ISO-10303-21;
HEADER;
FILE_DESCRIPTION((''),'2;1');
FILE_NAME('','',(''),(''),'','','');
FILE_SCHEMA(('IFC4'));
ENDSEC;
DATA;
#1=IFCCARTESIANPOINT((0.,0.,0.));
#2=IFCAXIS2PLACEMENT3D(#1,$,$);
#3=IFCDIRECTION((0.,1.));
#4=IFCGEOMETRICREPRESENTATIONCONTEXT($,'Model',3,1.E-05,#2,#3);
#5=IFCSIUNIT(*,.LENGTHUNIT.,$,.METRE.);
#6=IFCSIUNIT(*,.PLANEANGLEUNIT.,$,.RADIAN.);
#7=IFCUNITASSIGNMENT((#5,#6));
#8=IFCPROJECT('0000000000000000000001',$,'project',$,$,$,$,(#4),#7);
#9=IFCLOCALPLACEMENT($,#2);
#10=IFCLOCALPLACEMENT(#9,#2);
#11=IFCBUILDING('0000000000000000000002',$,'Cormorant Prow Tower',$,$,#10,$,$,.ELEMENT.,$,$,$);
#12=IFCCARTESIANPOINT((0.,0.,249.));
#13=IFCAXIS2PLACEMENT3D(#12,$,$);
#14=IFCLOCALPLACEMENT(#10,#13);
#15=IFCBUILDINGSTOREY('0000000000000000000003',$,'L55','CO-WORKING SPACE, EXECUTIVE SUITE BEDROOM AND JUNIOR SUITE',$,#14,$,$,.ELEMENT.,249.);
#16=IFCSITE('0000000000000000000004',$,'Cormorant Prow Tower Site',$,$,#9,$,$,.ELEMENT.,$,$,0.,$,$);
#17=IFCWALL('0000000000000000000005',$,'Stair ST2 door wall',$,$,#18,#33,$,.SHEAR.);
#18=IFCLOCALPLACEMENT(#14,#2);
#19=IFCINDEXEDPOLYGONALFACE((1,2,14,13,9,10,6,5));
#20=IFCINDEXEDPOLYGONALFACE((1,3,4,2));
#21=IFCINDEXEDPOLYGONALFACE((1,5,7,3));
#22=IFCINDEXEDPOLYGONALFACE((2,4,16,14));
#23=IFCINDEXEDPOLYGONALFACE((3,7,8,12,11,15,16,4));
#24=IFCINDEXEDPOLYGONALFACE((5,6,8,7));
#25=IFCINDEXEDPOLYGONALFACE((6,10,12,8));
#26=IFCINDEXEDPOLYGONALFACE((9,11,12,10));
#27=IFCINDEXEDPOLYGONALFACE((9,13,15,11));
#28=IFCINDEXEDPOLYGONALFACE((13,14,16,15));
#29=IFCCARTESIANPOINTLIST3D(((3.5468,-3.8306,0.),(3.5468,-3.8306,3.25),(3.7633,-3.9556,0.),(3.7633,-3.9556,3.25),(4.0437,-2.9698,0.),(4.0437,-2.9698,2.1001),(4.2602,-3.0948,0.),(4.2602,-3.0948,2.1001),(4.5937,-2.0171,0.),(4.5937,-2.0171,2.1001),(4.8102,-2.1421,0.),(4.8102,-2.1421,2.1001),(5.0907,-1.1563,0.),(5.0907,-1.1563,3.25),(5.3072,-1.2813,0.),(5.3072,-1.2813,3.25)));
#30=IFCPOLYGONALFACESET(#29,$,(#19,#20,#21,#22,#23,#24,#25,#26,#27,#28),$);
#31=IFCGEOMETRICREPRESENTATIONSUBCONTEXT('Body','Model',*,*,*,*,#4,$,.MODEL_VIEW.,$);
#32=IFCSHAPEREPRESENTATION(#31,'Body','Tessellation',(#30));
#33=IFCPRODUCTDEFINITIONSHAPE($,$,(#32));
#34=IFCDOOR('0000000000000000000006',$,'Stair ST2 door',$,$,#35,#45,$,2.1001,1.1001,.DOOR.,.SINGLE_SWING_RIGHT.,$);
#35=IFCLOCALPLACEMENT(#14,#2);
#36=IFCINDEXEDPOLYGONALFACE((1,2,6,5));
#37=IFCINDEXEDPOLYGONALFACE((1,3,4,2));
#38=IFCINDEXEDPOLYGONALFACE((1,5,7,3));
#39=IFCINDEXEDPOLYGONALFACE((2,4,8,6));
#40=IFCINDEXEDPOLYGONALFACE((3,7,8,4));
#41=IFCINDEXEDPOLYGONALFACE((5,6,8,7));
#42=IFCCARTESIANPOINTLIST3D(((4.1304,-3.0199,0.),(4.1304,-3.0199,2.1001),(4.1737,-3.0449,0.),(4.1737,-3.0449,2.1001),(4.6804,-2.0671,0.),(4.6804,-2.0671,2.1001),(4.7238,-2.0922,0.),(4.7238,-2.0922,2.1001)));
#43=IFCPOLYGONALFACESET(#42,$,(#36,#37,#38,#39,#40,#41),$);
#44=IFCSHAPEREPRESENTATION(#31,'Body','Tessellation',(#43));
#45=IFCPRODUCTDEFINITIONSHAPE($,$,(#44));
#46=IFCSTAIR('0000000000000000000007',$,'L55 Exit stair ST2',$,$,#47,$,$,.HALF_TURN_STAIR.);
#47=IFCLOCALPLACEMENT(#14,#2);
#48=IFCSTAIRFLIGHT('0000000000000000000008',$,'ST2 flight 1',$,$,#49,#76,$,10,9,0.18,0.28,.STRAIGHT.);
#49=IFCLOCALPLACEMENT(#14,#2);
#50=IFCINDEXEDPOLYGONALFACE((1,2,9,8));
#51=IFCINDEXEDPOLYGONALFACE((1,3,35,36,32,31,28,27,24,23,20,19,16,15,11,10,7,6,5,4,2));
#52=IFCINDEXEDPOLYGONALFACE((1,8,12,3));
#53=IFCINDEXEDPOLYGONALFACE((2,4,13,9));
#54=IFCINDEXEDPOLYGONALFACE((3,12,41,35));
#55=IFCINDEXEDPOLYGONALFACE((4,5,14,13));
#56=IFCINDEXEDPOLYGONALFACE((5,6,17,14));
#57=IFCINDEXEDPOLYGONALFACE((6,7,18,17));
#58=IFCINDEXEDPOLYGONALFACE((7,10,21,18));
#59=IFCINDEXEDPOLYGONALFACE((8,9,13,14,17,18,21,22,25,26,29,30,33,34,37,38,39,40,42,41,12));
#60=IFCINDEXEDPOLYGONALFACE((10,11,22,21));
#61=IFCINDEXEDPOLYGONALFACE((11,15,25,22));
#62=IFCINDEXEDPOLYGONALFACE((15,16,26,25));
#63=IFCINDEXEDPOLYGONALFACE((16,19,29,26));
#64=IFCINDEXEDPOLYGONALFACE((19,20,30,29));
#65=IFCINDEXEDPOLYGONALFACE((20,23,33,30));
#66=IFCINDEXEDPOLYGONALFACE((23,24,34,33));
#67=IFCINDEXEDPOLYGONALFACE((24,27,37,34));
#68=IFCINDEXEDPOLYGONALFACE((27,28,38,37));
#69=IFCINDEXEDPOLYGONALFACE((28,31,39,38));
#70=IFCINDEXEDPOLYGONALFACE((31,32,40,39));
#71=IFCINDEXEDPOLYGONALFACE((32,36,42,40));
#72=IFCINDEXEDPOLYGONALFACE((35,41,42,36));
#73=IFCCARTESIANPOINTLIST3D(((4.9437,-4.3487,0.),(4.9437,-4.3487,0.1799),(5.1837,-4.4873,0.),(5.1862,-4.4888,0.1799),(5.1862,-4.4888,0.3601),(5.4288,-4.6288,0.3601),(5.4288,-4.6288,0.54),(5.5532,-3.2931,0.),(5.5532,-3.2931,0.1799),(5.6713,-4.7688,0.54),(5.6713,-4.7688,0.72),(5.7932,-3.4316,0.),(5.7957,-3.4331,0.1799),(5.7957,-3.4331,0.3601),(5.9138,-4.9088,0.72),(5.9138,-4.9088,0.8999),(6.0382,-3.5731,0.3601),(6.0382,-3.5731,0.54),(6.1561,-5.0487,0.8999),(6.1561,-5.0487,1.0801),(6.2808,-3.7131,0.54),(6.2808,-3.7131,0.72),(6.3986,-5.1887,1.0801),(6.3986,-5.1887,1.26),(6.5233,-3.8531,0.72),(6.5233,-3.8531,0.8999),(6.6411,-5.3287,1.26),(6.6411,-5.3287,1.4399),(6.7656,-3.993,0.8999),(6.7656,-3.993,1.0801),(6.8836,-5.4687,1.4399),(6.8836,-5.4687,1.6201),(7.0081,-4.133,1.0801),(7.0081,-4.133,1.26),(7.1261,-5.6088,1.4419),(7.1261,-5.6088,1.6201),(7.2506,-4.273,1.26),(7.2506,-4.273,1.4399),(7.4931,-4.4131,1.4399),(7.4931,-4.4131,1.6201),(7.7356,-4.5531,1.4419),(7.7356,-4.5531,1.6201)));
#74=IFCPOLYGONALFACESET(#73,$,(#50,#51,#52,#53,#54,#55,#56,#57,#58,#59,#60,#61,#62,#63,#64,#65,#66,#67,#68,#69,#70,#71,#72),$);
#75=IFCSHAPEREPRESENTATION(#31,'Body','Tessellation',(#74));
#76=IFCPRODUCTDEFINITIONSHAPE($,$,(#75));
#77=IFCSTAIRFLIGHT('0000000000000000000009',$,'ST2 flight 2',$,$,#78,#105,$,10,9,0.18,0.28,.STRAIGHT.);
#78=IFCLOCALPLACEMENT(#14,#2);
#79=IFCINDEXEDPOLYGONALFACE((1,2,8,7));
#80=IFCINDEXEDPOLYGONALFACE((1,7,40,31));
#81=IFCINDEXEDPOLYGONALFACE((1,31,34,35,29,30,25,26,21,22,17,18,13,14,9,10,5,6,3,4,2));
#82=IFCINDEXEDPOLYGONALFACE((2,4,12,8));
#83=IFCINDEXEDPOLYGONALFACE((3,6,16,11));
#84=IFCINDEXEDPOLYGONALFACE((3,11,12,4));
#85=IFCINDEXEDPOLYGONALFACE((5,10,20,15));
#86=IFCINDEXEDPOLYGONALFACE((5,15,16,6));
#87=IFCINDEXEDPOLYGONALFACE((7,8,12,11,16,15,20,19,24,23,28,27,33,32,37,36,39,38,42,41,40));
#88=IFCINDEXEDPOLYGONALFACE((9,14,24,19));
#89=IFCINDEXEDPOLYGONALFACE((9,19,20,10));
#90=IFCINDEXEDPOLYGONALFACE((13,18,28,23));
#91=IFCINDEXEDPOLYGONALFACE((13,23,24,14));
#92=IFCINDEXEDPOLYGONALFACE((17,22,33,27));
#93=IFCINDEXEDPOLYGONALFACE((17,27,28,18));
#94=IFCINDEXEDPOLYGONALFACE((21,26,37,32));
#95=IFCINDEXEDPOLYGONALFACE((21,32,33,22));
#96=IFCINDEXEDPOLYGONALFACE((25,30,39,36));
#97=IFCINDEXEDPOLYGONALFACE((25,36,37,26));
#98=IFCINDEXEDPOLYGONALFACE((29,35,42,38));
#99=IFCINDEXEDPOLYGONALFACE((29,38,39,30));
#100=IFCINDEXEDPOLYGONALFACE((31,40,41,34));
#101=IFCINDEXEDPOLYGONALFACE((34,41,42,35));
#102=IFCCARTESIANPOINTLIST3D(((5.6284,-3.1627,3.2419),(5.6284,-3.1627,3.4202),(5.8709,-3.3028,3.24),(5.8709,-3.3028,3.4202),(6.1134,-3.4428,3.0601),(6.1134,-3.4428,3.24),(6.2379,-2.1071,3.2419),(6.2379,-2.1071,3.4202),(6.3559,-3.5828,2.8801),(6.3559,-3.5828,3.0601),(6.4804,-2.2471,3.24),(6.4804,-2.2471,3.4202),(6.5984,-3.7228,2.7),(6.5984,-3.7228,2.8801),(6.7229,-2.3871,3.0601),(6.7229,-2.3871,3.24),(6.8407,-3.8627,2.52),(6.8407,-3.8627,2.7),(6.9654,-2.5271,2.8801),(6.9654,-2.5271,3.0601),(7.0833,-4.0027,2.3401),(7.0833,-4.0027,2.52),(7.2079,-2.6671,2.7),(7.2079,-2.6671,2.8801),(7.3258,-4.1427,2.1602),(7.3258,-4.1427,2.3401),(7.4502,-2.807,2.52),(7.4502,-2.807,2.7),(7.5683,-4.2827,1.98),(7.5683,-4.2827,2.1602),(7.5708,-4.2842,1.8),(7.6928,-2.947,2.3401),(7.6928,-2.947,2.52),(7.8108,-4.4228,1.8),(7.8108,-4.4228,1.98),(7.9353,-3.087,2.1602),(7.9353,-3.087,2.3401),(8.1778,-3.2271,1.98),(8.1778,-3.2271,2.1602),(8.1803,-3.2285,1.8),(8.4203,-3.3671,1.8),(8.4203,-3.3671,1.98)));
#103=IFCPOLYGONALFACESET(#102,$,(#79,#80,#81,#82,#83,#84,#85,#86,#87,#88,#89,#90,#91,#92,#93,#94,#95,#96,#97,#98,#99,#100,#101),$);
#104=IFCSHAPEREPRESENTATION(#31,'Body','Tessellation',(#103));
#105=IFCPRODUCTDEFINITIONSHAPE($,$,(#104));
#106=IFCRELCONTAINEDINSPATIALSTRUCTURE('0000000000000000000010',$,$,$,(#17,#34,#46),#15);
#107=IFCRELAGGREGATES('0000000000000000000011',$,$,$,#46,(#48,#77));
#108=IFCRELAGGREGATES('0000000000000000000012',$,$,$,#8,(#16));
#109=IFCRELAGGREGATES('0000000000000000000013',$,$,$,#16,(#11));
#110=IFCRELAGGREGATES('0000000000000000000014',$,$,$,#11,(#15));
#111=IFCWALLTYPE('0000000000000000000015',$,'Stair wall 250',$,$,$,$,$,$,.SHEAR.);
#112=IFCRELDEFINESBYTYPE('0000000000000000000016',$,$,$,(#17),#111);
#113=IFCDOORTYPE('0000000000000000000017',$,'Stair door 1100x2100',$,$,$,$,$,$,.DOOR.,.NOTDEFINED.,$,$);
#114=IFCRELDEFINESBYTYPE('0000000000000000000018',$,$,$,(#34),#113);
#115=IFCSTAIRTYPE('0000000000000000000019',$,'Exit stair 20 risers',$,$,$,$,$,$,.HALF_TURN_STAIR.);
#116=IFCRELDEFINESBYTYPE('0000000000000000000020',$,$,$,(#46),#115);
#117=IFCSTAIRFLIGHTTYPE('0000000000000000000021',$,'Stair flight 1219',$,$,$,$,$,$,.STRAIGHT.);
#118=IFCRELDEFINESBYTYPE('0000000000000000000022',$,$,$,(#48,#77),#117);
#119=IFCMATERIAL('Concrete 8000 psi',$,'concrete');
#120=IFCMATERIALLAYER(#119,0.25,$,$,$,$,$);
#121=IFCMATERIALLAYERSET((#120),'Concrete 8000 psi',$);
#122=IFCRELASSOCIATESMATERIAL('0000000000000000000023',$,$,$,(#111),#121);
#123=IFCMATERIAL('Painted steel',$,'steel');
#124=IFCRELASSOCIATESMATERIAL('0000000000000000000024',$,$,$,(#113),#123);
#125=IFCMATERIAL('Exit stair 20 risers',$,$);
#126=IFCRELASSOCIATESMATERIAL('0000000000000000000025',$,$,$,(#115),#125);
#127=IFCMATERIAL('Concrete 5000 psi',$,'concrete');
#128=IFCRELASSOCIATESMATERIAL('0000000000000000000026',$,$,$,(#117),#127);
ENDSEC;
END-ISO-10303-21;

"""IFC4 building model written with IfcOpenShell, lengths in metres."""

from ifc_helpers import new_model, si_unit, direction, frame, frame_2d, origin, place, context, subcontext, project, spatial, polyline, rectangle, outline, extrude, material, layer, layer_set, type_object, element, fill, aggregate, save


model = new_model("IFC4")

# Units and contexts
model_context = context("Model", 3, precision=1e-05, world=origin(), true_north=direction((0.0, 1.0)))
body_context = subcontext(model_context, "Body", "Model", "MODEL_VIEW")
ifc_project = project(units=[si_unit("LENGTHUNIT", "METRE"), si_unit("PLANEANGLEUNIT", "RADIAN")], contexts=[model_context])

# Site, building, storey
site_placement = place(None, origin())
site = spatial("IfcSite", under=ifc_project, at=site_placement, Name="Cormorant Prow Tower Site", CompositionType="ELEMENT", RefElevation=0.0)
building_placement = place(site_placement, origin())
building = spatial("IfcBuilding", under=site, at=building_placement, Name="Cormorant Prow Tower", CompositionType="ELEMENT")
storey_placement = place(building_placement, frame((0.0, 0.0, 249.0)))
storey = spatial("IfcBuildingStorey", under=building, at=storey_placement, Name="L55", Description="CO-WORKING SPACE, EXECUTIVE SUITE BEDROOM AND JUNIOR SUITE", CompositionType="ELEMENT", Elevation=249.0)

# Wall, opening, door
ifc_material_1 = material(Name="Concrete 8000 psi", Category="concrete")
ifc_layer_1 = layer(ifc_material_1, 0.25)
ifc_layer_set_1 = layer_set([ifc_layer_1], Name="Concrete 8000 psi")
wall_type_1 = type_object("IfcWallType", Name="Stair wall 250", PredefinedType="SHEAR", material=ifc_layer_set_1)
wall_1_placement = place(storey_placement, frame((3.655, -3.8931, 0.0), z_axis=(0.0, 0.0, 1.0), x_axis=(0.499983, 0.866035, 0.0)))
wall_1 = element("IfcWall", 1, at=wall_1_placement, inside=storey, type_object=wall_type_1, Name="Stair ST2 door wall", PredefinedType="SHEAR", context=body_context, shape_type="SweptSolid", body=[
    extrude(rectangle(XDim=3.0879, YDim=0.25, at=frame_2d((1.5439, 0.0))), origin(), (0.0, 0.0, 1.0), 3.25),
])
opening_1_placement = place(wall_1_placement, frame((0.9939, 0.0, 0.0)))
opening_1 = element("IfcOpeningElement", 2, at=opening_1_placement, cuts=wall_1, PredefinedType="OPENING", context=body_context, shape_type="SweptSolid", body=[
    extrude(rectangle(XDim=1.1001, YDim=2.1001, at=frame_2d((0.55, 1.05))), frame((0.0, 0.135, 0.0), z_axis=(0.0, -1.0, 0.0), x_axis=(1.0, 0.0, 0.0)), (0.0, 0.0, 1.0), 0.27),
])
ifc_material_2 = material(Name="Painted steel", Category="steel")
door_type_1 = type_object("IfcDoorType", Name="Stair door 1100x2100", OperationType="NOTDEFINED", PredefinedType="DOOR", material=ifc_material_2)
door_1_placement = place(opening_1_placement, origin())
door_1 = element("IfcDoor", 3, at=door_1_placement, inside=storey, type_object=door_type_1, Name="Stair ST2 door", OperationType="SINGLE_SWING_RIGHT", OverallHeight=2.1001, OverallWidth=1.1001, PredefinedType="DOOR", context=body_context, shape_type="SweptSolid", body=[
    extrude(rectangle(XDim=1.1001, YDim=2.1001, at=frame_2d((0.55, 1.05))), frame((0.0, 0.0249, 0.0), z_axis=(0.0, -1.0, 0.0), x_axis=(1.0, 0.0, 0.0)), (0.0, 0.0, 1.0), 0.05),
])
fill(opening_1, door_1)

# Stair, stair flights
ifc_material_3 = material(Name="Exit stair 20 risers")
stair_type = type_object("IfcStairType", Name="Exit stair 20 risers", PredefinedType="HALF_TURN_STAIR", material=ifc_material_3)
stair_placement = place(storey_placement, origin())
stair = element("IfcStair", 4, at=stair_placement, inside=storey, type_object=stair_type, Name="L55 Exit stair ST2", PredefinedType="HALF_TURN_STAIR")
ifc_material_4 = material(Name="Concrete 5000 psi", Category="concrete")
stair_flight_type = type_object("IfcStairFlightType", Name="Stair flight 1219", PredefinedType="STRAIGHT", material=ifc_material_4)
stair_flight_1_placement = place(storey_placement, frame((5.2485, -3.8208, 0.0), z_axis=(0.0, 0.0, 1.0), x_axis=(0.866025, -0.5, 0.0)))
stair_flight_1 = element("IfcStairFlight", 5, at=stair_flight_1_placement, type_object=stair_flight_type, Name="ST2 flight 1", NumberOfRisers=10, NumberOfTreads=9, PredefinedType="STRAIGHT", RiserHeight=0.18, TreadLength=0.28, context=body_context, shape_type="SweptSolid", body=[
    extrude(outline(polyline([(0.0, 0.0), (0.0, 0.1799), (0.28, 0.1799), (0.28, 0.3601), (0.5601, 0.3601), (0.5601, 0.54), (0.8401, 0.54), (0.8401, 0.72), (1.1201, 0.72), (1.1201, 0.8999), (1.3999, 0.8999), (1.3999, 1.0801), (1.6799, 1.0801), (1.6799, 1.26), (1.96, 1.26), (1.96, 1.4399), (2.24, 1.4399), (2.24, 1.6201), (2.52, 1.6201), (2.52, 1.8), (2.52, 1.4419), (0.2771, 0.0), (0.0, 0.0)])), frame((0.0, 0.6094, 0.0), z_axis=(0.0, -1.0, 0.0), x_axis=(1.0, 0.0, 0.0)), (0.0, 0.0, 1.0), 1.219),
])
stair_flight_2_placement = place(storey_placement, frame((8.1155, -3.895, 1.8), z_axis=(0.0, 0.0, 1.0), x_axis=(-0.866025, 0.5, 0.0)))
stair_flight_2 = element("IfcStairFlight", 6, at=stair_flight_2_placement, type_object=stair_flight_type, Name="ST2 flight 2", NumberOfRisers=10, NumberOfTreads=9, PredefinedType="STRAIGHT", RiserHeight=0.18, TreadLength=0.28, context=body_context, shape_type="SweptSolid", body=[
    extrude(outline(polyline([(0.0, 0.0), (0.0, 0.1799), (0.28, 0.1799), (0.28, 0.3601), (0.5601, 0.3601), (0.5601, 0.54), (0.8401, 0.54), (0.8401, 0.72), (1.1201, 0.72), (1.1201, 0.8999), (1.3999, 0.8999), (1.3999, 1.0801), (1.6799, 1.0801), (1.6799, 1.26), (1.96, 1.26), (1.96, 1.4399), (2.24, 1.4399), (2.24, 1.6201), (2.52, 1.6201), (2.52, 1.8), (2.52, 1.4419), (0.2771, 0.0), (0.0, 0.0)])), frame((0.0, 0.6094, 0.0), z_axis=(0.0, -1.0, 0.0), x_axis=(1.0, 0.0, 0.0)), (0.0, 0.0, 1.0), 1.219),
])
aggregate(stair, [stair_flight_1, stair_flight_2])

save(model, "model.ifc")
